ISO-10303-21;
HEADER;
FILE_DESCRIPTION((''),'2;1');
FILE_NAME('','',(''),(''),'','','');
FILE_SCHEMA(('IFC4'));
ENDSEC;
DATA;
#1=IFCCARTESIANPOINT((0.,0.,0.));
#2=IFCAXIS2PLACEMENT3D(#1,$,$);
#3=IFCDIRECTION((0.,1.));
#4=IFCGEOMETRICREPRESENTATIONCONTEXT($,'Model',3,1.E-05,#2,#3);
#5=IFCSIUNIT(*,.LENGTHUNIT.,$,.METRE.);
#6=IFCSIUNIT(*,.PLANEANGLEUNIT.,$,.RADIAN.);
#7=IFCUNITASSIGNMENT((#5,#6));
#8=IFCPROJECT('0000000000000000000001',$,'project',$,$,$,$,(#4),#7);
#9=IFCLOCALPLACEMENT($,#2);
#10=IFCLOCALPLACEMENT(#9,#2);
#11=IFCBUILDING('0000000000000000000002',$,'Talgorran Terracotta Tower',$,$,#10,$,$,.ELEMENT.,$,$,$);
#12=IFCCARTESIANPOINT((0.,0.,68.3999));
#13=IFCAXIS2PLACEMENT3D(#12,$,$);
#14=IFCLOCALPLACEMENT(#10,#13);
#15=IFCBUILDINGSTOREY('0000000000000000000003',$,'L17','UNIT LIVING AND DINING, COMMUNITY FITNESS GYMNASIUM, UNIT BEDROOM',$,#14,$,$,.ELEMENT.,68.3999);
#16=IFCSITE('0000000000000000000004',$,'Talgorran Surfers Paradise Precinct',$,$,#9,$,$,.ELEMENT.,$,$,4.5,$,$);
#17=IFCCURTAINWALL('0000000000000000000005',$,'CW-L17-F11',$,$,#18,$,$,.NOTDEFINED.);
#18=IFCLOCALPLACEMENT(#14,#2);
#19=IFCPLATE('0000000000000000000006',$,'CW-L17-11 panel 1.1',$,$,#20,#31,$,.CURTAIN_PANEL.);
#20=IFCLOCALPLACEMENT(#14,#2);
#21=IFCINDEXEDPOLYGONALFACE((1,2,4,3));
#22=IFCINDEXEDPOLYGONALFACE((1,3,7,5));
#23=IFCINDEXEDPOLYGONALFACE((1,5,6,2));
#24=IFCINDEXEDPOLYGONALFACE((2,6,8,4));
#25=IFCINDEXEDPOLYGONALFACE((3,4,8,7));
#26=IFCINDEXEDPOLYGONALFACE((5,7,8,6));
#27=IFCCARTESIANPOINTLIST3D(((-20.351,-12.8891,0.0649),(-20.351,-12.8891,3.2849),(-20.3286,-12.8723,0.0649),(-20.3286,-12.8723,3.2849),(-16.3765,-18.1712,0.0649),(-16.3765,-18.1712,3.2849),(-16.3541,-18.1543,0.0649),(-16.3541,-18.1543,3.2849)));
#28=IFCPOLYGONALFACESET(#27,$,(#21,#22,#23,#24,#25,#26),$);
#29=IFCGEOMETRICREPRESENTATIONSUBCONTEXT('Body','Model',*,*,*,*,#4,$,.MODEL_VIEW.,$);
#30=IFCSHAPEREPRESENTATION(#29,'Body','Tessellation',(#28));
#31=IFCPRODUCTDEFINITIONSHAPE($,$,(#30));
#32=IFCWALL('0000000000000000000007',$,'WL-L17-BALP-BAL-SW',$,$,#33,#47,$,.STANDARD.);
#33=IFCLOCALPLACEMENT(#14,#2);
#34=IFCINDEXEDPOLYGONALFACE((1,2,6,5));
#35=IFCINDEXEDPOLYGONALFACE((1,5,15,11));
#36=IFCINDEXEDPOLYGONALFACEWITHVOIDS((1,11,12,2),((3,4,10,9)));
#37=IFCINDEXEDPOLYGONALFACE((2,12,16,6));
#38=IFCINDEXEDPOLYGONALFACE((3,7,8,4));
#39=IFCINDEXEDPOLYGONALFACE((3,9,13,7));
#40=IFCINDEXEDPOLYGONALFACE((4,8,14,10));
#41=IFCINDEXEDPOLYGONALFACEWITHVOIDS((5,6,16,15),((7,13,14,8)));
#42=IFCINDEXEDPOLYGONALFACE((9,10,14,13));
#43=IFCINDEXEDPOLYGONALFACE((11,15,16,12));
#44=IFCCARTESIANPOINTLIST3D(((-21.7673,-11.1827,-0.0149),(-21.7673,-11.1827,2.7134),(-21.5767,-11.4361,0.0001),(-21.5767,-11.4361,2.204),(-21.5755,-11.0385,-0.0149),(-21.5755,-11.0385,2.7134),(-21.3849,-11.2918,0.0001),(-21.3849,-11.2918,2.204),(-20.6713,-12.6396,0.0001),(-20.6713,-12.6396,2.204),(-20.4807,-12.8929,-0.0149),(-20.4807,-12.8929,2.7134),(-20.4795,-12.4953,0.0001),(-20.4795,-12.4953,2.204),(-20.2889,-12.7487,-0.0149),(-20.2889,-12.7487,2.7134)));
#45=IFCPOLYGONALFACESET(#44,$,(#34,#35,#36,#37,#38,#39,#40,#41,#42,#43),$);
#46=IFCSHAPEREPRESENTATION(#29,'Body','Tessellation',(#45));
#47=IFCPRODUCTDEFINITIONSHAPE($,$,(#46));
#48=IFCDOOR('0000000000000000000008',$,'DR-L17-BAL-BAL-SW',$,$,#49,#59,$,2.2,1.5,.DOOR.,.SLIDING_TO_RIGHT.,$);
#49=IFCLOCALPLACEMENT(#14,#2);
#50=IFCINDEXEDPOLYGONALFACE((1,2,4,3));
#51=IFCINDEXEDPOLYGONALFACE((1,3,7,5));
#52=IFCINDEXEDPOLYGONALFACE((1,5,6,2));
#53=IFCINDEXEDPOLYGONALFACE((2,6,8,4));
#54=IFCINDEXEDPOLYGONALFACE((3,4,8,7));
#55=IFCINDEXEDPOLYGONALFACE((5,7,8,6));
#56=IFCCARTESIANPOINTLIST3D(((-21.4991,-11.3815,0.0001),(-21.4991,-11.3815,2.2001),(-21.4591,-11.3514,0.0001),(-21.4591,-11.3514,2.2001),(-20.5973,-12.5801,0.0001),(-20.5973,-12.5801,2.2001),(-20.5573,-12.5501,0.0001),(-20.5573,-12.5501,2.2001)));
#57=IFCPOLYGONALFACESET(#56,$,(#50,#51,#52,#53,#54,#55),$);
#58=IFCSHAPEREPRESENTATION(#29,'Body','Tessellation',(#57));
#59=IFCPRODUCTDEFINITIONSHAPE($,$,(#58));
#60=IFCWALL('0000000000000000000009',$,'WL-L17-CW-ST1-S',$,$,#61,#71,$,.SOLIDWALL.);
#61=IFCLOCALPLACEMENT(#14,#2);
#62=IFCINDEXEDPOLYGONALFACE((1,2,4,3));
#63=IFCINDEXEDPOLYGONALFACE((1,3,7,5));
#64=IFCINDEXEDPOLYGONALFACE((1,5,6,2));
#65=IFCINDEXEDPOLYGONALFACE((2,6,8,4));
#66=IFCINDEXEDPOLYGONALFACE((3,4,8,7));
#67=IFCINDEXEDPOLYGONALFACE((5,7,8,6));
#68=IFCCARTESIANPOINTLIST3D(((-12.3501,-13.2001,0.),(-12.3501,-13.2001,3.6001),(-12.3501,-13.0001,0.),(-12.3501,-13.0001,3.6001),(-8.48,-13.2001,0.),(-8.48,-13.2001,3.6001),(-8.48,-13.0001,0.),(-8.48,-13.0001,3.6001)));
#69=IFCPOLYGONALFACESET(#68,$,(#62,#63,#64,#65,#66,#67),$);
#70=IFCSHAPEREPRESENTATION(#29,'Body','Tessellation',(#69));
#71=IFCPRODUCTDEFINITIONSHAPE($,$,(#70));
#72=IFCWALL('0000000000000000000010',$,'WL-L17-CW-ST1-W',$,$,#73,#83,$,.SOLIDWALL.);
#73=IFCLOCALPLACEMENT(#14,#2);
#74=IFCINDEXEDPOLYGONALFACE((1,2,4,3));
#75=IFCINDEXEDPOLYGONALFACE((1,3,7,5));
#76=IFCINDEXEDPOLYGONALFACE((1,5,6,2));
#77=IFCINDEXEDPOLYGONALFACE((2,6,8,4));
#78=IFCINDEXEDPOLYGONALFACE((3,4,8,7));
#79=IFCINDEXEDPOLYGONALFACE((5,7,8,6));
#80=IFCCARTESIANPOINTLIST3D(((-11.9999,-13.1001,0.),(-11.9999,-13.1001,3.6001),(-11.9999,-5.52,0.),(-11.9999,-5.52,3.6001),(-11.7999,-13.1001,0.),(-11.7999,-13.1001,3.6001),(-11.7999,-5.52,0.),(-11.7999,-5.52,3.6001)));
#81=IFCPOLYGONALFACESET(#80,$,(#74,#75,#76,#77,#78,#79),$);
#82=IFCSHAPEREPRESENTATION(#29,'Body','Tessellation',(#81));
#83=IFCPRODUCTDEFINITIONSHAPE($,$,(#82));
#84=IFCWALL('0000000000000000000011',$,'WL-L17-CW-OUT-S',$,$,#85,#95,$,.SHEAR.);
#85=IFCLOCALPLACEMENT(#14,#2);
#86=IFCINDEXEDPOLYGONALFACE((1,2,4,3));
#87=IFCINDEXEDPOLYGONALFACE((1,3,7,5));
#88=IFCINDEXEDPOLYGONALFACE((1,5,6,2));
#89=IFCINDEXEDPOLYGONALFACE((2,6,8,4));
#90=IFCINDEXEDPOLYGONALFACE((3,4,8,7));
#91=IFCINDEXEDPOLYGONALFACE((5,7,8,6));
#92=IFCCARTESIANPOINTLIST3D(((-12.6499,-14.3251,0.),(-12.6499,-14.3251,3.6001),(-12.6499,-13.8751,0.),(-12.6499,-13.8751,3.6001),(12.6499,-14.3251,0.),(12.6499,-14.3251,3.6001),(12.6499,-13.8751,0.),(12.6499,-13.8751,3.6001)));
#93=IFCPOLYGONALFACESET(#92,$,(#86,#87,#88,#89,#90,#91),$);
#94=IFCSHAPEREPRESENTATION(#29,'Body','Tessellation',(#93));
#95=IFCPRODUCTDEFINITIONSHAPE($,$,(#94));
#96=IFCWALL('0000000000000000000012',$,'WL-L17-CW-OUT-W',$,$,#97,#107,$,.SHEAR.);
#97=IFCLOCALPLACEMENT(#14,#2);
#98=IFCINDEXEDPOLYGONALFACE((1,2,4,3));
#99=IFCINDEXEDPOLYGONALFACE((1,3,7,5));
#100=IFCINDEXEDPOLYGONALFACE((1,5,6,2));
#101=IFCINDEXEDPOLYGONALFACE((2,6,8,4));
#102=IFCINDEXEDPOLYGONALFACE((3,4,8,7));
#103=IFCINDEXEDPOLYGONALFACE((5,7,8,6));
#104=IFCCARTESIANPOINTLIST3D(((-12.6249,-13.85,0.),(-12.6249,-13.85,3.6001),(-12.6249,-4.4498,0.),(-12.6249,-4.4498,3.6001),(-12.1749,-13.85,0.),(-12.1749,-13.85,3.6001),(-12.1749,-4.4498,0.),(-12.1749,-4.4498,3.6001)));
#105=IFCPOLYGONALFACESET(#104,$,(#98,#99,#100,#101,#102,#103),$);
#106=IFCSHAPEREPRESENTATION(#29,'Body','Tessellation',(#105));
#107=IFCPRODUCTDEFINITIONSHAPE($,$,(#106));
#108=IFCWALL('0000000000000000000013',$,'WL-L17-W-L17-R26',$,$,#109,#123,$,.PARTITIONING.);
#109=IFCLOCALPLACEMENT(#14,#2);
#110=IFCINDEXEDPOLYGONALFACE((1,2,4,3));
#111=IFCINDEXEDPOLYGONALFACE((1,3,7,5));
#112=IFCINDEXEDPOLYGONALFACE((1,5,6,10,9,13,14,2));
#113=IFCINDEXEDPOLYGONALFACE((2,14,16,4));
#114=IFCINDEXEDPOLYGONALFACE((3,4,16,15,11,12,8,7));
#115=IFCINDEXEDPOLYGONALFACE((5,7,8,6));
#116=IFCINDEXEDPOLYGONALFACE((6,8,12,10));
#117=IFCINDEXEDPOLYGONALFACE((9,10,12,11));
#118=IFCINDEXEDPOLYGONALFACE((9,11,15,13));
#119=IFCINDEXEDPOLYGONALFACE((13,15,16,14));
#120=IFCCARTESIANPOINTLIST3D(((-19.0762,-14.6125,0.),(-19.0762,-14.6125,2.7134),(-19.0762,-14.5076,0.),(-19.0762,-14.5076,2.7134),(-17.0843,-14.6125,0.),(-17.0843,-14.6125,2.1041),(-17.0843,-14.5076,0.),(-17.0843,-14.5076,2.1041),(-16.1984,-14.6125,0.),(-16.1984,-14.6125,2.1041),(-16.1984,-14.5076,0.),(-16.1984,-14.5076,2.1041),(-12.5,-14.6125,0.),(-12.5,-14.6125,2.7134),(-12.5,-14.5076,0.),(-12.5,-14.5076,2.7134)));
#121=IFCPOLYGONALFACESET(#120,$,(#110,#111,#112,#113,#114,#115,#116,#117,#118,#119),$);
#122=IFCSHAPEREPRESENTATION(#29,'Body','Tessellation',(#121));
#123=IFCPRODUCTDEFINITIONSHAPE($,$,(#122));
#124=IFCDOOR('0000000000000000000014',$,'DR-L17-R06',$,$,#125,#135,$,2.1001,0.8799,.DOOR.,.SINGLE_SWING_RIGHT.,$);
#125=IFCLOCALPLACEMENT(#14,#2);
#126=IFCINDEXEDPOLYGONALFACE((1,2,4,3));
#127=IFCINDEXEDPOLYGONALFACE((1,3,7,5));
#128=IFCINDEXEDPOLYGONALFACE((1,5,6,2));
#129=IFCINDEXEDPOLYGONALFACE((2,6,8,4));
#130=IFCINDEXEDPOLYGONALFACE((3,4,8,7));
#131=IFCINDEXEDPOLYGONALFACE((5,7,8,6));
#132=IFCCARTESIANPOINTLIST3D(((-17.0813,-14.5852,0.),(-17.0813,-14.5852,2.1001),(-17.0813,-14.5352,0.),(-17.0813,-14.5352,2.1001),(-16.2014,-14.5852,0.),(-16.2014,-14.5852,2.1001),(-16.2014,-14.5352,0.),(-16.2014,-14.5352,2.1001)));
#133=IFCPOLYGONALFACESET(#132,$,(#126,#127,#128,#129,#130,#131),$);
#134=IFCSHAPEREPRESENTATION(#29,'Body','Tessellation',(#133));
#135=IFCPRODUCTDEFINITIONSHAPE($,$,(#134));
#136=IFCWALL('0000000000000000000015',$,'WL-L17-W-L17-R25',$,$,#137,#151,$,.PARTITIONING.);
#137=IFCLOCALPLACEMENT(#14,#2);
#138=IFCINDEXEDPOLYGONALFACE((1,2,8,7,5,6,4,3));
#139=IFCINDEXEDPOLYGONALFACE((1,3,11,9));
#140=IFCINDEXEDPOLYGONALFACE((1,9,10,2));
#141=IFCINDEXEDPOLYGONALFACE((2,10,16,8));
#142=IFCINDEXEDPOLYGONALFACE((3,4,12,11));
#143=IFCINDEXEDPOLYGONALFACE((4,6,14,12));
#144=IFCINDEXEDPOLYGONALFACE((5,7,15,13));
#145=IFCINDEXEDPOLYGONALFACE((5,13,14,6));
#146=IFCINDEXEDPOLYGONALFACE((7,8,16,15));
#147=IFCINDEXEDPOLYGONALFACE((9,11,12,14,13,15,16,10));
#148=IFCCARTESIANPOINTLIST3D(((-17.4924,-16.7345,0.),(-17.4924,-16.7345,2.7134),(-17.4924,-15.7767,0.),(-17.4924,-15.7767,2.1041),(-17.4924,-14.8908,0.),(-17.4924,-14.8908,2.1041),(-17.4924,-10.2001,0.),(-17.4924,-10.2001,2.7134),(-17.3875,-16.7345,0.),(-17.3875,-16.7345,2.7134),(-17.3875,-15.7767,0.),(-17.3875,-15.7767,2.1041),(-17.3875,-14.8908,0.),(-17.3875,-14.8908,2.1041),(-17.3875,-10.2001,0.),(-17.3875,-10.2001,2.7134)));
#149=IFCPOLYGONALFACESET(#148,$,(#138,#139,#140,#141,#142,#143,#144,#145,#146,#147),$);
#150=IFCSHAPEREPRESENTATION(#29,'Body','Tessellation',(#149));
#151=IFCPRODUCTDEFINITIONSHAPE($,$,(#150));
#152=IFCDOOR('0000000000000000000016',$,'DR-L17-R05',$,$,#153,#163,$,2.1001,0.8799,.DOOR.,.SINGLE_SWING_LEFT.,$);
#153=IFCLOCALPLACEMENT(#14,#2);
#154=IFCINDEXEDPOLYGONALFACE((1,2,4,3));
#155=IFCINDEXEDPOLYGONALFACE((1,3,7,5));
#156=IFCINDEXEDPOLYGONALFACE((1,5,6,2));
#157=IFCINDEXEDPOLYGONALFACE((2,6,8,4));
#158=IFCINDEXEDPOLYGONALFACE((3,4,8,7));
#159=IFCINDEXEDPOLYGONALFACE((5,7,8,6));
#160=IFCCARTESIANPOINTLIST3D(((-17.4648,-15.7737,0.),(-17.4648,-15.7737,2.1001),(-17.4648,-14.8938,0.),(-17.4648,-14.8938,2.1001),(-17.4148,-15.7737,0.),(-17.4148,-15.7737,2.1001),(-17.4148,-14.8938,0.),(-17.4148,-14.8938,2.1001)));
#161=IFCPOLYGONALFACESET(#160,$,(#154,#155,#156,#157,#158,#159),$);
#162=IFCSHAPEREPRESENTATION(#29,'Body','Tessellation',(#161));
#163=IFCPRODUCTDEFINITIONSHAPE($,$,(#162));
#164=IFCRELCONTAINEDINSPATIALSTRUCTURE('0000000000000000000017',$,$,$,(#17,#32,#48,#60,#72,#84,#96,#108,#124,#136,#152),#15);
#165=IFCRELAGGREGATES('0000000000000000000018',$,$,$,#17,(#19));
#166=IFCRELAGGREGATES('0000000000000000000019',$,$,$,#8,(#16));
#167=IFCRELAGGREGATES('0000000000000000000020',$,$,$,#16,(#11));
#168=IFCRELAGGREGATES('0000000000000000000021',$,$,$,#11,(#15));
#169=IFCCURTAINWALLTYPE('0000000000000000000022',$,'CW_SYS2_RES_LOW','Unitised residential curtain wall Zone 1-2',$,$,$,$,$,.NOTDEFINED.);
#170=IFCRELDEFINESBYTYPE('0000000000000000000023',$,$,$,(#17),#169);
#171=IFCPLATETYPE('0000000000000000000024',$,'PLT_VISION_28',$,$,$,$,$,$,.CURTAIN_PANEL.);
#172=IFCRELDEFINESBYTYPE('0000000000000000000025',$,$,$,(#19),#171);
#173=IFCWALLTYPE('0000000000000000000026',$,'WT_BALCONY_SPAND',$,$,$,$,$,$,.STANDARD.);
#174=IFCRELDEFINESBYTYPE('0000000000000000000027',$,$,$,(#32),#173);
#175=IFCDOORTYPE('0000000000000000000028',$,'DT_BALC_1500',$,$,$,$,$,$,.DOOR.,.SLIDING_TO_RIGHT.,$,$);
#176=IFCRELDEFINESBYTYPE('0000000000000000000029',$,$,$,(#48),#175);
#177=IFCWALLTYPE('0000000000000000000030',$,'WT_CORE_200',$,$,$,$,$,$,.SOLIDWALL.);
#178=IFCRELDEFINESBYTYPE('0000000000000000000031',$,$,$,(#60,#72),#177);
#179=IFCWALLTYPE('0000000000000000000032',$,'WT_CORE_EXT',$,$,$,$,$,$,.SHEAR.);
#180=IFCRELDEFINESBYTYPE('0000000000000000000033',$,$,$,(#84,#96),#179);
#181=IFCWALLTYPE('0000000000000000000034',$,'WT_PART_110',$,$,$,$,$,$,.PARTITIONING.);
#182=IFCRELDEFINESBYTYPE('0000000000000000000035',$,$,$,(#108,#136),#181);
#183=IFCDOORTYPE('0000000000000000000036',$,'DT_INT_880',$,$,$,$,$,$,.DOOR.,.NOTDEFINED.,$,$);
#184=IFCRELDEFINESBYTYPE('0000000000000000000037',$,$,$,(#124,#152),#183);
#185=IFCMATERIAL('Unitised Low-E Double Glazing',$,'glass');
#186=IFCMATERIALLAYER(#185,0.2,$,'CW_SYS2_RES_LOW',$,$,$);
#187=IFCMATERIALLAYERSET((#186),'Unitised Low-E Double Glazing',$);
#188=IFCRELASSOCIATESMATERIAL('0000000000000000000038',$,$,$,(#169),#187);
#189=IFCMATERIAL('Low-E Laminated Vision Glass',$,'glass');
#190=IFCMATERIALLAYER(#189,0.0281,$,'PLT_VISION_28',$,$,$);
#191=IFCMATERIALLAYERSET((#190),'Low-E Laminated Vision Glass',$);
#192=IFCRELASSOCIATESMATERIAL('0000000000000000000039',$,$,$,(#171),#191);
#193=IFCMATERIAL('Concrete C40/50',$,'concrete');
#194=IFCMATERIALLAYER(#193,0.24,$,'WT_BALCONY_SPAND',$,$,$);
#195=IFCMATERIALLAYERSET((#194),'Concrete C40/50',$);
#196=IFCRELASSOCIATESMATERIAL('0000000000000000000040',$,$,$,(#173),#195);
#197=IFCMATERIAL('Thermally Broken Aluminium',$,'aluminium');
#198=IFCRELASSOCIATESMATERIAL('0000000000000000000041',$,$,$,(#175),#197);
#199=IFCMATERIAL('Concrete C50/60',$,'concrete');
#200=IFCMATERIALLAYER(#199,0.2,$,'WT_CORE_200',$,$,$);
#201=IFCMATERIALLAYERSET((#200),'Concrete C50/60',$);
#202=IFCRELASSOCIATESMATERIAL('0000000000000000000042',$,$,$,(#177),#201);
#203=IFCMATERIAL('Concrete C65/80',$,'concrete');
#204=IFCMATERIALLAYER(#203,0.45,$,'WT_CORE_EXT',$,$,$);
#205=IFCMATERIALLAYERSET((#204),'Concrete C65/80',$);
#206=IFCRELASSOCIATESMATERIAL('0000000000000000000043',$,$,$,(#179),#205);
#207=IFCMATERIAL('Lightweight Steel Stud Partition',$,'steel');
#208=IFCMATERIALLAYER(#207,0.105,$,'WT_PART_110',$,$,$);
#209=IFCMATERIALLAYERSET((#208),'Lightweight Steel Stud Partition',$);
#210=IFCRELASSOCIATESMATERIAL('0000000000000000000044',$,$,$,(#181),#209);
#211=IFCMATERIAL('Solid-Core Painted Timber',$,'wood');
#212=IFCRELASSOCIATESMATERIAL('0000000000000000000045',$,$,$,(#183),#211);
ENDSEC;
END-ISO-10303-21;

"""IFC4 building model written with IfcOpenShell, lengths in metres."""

from ifc_helpers import new_model, si_unit, direction, frame, frame_2d, origin, origin_2d, place, context, subcontext, project, spatial, rectangle, extrude, source, transform, mapped, material, layer, layer_set, type_object, type_shapes, element, fill, aggregate, save


model = new_model("IFC4")

# Units and contexts
model_context = context("Model", 3, precision=1e-05, world=origin(), true_north=direction((0.0, 1.0)))
body_context = subcontext(model_context, "Body", "Model", "MODEL_VIEW")
ifc_project = project(units=[si_unit("LENGTHUNIT", "METRE"), si_unit("PLANEANGLEUNIT", "RADIAN")], contexts=[model_context])

# Site, building, storey
site_placement = place(None, origin())
site = spatial("IfcSite", under=ifc_project, at=site_placement, Name="Talgorran Surfers Paradise Precinct", CompositionType="ELEMENT", RefElevation=4.5)
building_placement = place(site_placement, origin())
building = spatial("IfcBuilding", under=site, at=building_placement, Name="Talgorran Terracotta Tower", CompositionType="ELEMENT")
storey_placement = place(building_placement, frame((0.0, 0.0, 68.3999)))
storey = spatial("IfcBuildingStorey", under=building, at=storey_placement, Name="L17", Description="UNIT LIVING AND DINING, COMMUNITY FITNESS GYMNASIUM, UNIT BEDROOM", CompositionType="ELEMENT", Elevation=68.3999)

# Curtain wall
ifc_material_1 = material(Name="Unitised Low-E Double Glazing", Category="glass")
ifc_layer_1 = layer(ifc_material_1, 0.2, Name="CW_SYS2_RES_LOW")
ifc_layer_set_1 = layer_set([ifc_layer_1], Name="Unitised Low-E Double Glazing")
curtain_wall_type = type_object("IfcCurtainWallType", Name="CW_SYS2_RES_LOW", Description="Unitised residential curtain wall Zone 1-2", PredefinedType="NOTDEFINED", material=ifc_layer_set_1)
curtain_wall_1_placement = place(storey_placement, origin())
curtain_wall_1 = element("IfcCurtainWall", 1, at=curtain_wall_1_placement, inside=storey, type_object=curtain_wall_type, Name="CW-L17-F11", PredefinedType="NOTDEFINED")

# Plate
ifc_material_2 = material(Name="Low-E Laminated Vision Glass", Category="glass")
ifc_layer_2 = layer(ifc_material_2, 0.0281, Name="PLT_VISION_28")
ifc_layer_set_2 = layer_set([ifc_layer_2], Name="Low-E Laminated Vision Glass")
plate_type = type_object("IfcPlateType", Name="PLT_VISION_28", PredefinedType="CURTAIN_PANEL", material=ifc_layer_set_2)
shared_shape = source(origin(), body_context, "Body", "SweptSolid", [
    extrude(rectangle(XDim=6.6104, YDim=0.0281, at=origin_2d()), origin(), (0.0, 0.0, 1.0), 3.22),
])
type_shapes(plate_type, [shared_shape])
plate_placement = place(storey_placement, frame((-18.3525, -15.5217, 0.0649), z_axis=(0.0, 0.0, 1.0), x_axis=(0.601253, -0.799059, 0.0)))
plate = element("IfcPlate", 2, at=plate_placement, type_object=plate_type, Name="CW-L17-11 panel 1.1", PredefinedType="CURTAIN_PANEL", context=body_context, shape_type="MappedRepresentation", body=[
    mapped(shared_shape, transform((0.0, 0.0, 0.0), scale=1.0)),
])
aggregate(curtain_wall_1, [plate])

# Wall, opening, door
ifc_material_3 = material(Name="Concrete C40/50", Category="concrete")
ifc_layer_3 = layer(ifc_material_3, 0.24, Name="WT_BALCONY_SPAND")
ifc_layer_set_3 = layer_set([ifc_layer_3], Name="Concrete C40/50")
wall_type_1 = type_object("IfcWallType", Name="WT_BALCONY_SPAND", PredefinedType="STANDARD", material=ifc_layer_set_3)
wall_1_placement = place(storey_placement, frame((-21.6714, -11.1106, -0.0149), z_axis=(0.0, 0.0, 1.0), x_axis=(0.601186, -0.799109, 0.0)))
wall_1 = element("IfcWall", 3, at=wall_1_placement, inside=storey, type_object=wall_type_1, Name="WL-L17-BALP-BAL-SW", PredefinedType="STANDARD", context=body_context, shape_type="SweptSolid", body=[
    extrude(rectangle(XDim=2.1401, YDim=0.24, at=frame_2d((1.0701, 0.0))), origin(), (0.0, 0.0, 1.0), 2.7283),
])
opening_1_placement = place(wall_1_placement, frame((0.3201, 0.0, 0.0149)))
opening_1 = element("IfcOpeningElement", 4, at=opening_1_placement, cuts=wall_1, PredefinedType="OPENING", context=body_context, shape_type="SweptSolid", body=[
    extrude(rectangle(XDim=1.506, YDim=2.204, at=frame_2d((0.75, 1.1021))), frame((0.0, 0.1299, 0.0), z_axis=(0.0, -1.0, 0.0), x_axis=(1.0, 0.0, 0.0)), (0.0, 0.0, 1.0), 0.26),
])
ifc_material_4 = material(Name="Thermally Broken Aluminium", Category="aluminium")
door_type_1 = type_object("IfcDoorType", Name="DT_BALC_1500", OperationType="SLIDING_TO_RIGHT", PredefinedType="DOOR", material=ifc_material_4)
door_1_placement = place(opening_1_placement, origin())
door_1 = element("IfcDoor", 5, at=door_1_placement, inside=storey, type_object=door_type_1, Name="DR-L17-BAL-BAL-SW", OperationType="SLIDING_TO_RIGHT", OverallHeight=2.2, OverallWidth=1.5, PredefinedType="DOOR", context=body_context, shape_type="SweptSolid", body=[
    extrude(rectangle(XDim=1.5, YDim=2.2, at=frame_2d((0.75, 1.1001))), frame((0.0, 0.0249, 0.0), z_axis=(0.0, -1.0, 0.0), x_axis=(1.0, 0.0, 0.0)), (0.0, 0.0, 1.0), 0.05),
])
fill(opening_1, door_1)

# Walls
ifc_material_5 = material(Name="Concrete C50/60", Category="concrete")
ifc_layer_4 = layer(ifc_material_5, 0.2, Name="WT_CORE_200")
ifc_layer_set_4 = layer_set([ifc_layer_4], Name="Concrete C50/60")
wall_type_2 = type_object("IfcWallType", Name="WT_CORE_200", PredefinedType="SOLIDWALL", material=ifc_layer_set_4)
wall_2_placement = place(storey_placement, frame((-12.3501, -13.1001, 0.0), z_axis=(0.0, 0.0, 1.0), x_axis=(1.0, 0.0, 0.0)))
element("IfcWall", 6, at=wall_2_placement, inside=storey, type_object=wall_type_2, Name="WL-L17-CW-ST1-S", PredefinedType="SOLIDWALL", context=body_context, shape_type="SweptSolid", body=[
    extrude(rectangle(XDim=3.8701, YDim=0.2, at=frame_2d((1.9351, 0.0))), origin(), (0.0, 0.0, 1.0), 3.6001),
])
wall_3_placement = place(storey_placement, frame((-11.8999, -13.1001, 0.0), z_axis=(0.0, 0.0, 1.0), x_axis=(0.0, 1.0, 0.0)))
element("IfcWall", 7, at=wall_3_placement, inside=storey, type_object=wall_type_2, Name="WL-L17-CW-ST1-W", PredefinedType="SOLIDWALL", context=body_context, shape_type="SweptSolid", body=[
    extrude(rectangle(XDim=7.5801, YDim=0.2, at=frame_2d((3.79, 0.0))), origin(), (0.0, 0.0, 1.0), 3.6001),
])
ifc_material_6 = material(Name="Concrete C65/80", Category="concrete")
ifc_layer_5 = layer(ifc_material_6, 0.45, Name="WT_CORE_EXT")
ifc_layer_set_5 = layer_set([ifc_layer_5], Name="Concrete C65/80")
wall_type_3 = type_object("IfcWallType", Name="WT_CORE_EXT", PredefinedType="SHEAR", material=ifc_layer_set_5)
wall_4_placement = place(storey_placement, frame((-12.6499, -14.1001, 0.0), z_axis=(0.0, 0.0, 1.0), x_axis=(1.0, 0.0, 0.0)))
element("IfcWall", 8, at=wall_4_placement, inside=storey, type_object=wall_type_3, Name="WL-L17-CW-OUT-S", PredefinedType="SHEAR", context=body_context, shape_type="SweptSolid", body=[
    extrude(rectangle(XDim=25.2998, YDim=0.45, at=frame_2d((12.6499, 0.0))), origin(), (0.0, 0.0, 1.0), 3.6001),
])
wall_5_placement = place(storey_placement, frame((-12.3999, -13.8501, 0.0), z_axis=(0.0, 0.0, 1.0), x_axis=(0.0, 1.0, 0.0)))
element("IfcWall", 9, at=wall_5_placement, inside=storey, type_object=wall_type_3, Name="WL-L17-CW-OUT-W", PredefinedType="SHEAR", context=body_context, shape_type="SweptSolid", body=[
    extrude(rectangle(XDim=9.4001, YDim=0.45, at=frame_2d((4.7002, 0.0))), origin(), (0.0, 0.0, 1.0), 3.6001),
])

# Walls, openings, doors
ifc_material_7 = material(Name="Lightweight Steel Stud Partition", Category="steel")
ifc_layer_6 = layer(ifc_material_7, 0.105, Name="WT_PART_110")
ifc_layer_set_6 = layer_set([ifc_layer_6], Name="Lightweight Steel Stud Partition")
wall_type_4 = type_object("IfcWallType", Name="WT_PART_110", PredefinedType="PARTITIONING", material=ifc_layer_set_6)
wall_6_placement = place(storey_placement, frame((-19.0762, -14.5601, 0.0), z_axis=(0.0, 0.0, 1.0), x_axis=(1.0, 0.0, 0.0)))
wall_6 = element("IfcWall", 10, at=wall_6_placement, inside=storey, type_object=wall_type_4, Name="WL-L17-W-L17-R26", PredefinedType="PARTITIONING", context=body_context, shape_type="SweptSolid", body=[
    extrude(rectangle(XDim=6.5762, YDim=0.105, at=frame_2d((3.2881, 0.0))), origin(), (0.0, 0.0, 1.0), 2.7134),
])
opening_2_placement = place(wall_6_placement, frame((1.9949, 0.0, 0.0)))
opening_2 = element("IfcOpeningElement", 11, at=opening_2_placement, cuts=wall_6, PredefinedType="OPENING", context=body_context, shape_type="SweptSolid", body=[
    extrude(rectangle(XDim=0.8859, YDim=2.1041, at=frame_2d((0.4399, 1.052))), frame((0.0, 0.0625, 0.0), z_axis=(0.0, -1.0, 0.0), x_axis=(1.0, 0.0, 0.0)), (0.0, 0.0, 1.0), 0.125),
])
ifc_material_8 = material(Name="Solid-Core Painted Timber", Category="wood")
door_type_2 = type_object("IfcDoorType", Name="DT_INT_880", OperationType="NOTDEFINED", PredefinedType="DOOR", material=ifc_material_8)
door_2_placement = place(opening_2_placement, origin())
door_2 = element("IfcDoor", 12, at=door_2_placement, inside=storey, type_object=door_type_2, Name="DR-L17-R06", OperationType="SINGLE_SWING_RIGHT", OverallHeight=2.1001, OverallWidth=0.8799, PredefinedType="DOOR", context=body_context, shape_type="SweptSolid", body=[
    extrude(rectangle(XDim=0.8799, YDim=2.1001, at=frame_2d((0.4399, 1.05))), frame((0.0, 0.0249, 0.0), z_axis=(0.0, -1.0, 0.0), x_axis=(1.0, 0.0, 0.0)), (0.0, 0.0, 1.0), 0.05),
])
fill(opening_2, door_2)
wall_7_placement = place(storey_placement, frame((-17.4399, -16.7344, 0.0), z_axis=(0.0, 0.0, 1.0), x_axis=(0.0, 1.0, 0.0)))
wall_7 = element("IfcWall", 13, at=wall_7_placement, inside=storey, type_object=wall_type_4, Name="WL-L17-W-L17-R25", PredefinedType="PARTITIONING", context=body_context, shape_type="SweptSolid", body=[
    extrude(rectangle(XDim=6.5344, YDim=0.105, at=frame_2d((3.2671, 0.0))), origin(), (0.0, 0.0, 1.0), 2.7134),
])
opening_3_placement = place(wall_7_placement, frame((0.9607, 0.0, 0.0)))
opening_3 = element("IfcOpeningElement", 14, at=opening_3_placement, cuts=wall_7, PredefinedType="OPENING", context=body_context, shape_type="SweptSolid", body=[
    extrude(rectangle(XDim=0.8859, YDim=2.1041, at=frame_2d((0.4399, 1.052))), frame((0.0, 0.0625, 0.0), z_axis=(0.0, -1.0, 0.0), x_axis=(1.0, 0.0, 0.0)), (0.0, 0.0, 1.0), 0.125),
])
door_3_placement = place(opening_3_placement, origin())
door_3 = element("IfcDoor", 15, at=door_3_placement, inside=storey, type_object=door_type_2, Name="DR-L17-R05", OperationType="SINGLE_SWING_LEFT", OverallHeight=2.1001, OverallWidth=0.8799, PredefinedType="DOOR", context=body_context, shape_type="SweptSolid", body=[
    extrude(rectangle(XDim=0.8799, YDim=2.1001, at=frame_2d((0.4399, 1.05))), frame((0.0, 0.0249, 0.0), z_axis=(0.0, -1.0, 0.0), x_axis=(1.0, 0.0, 0.0)), (0.0, 0.0, 1.0), 0.05),
])
fill(opening_3, door_3)

save(model, "model.ifc")
